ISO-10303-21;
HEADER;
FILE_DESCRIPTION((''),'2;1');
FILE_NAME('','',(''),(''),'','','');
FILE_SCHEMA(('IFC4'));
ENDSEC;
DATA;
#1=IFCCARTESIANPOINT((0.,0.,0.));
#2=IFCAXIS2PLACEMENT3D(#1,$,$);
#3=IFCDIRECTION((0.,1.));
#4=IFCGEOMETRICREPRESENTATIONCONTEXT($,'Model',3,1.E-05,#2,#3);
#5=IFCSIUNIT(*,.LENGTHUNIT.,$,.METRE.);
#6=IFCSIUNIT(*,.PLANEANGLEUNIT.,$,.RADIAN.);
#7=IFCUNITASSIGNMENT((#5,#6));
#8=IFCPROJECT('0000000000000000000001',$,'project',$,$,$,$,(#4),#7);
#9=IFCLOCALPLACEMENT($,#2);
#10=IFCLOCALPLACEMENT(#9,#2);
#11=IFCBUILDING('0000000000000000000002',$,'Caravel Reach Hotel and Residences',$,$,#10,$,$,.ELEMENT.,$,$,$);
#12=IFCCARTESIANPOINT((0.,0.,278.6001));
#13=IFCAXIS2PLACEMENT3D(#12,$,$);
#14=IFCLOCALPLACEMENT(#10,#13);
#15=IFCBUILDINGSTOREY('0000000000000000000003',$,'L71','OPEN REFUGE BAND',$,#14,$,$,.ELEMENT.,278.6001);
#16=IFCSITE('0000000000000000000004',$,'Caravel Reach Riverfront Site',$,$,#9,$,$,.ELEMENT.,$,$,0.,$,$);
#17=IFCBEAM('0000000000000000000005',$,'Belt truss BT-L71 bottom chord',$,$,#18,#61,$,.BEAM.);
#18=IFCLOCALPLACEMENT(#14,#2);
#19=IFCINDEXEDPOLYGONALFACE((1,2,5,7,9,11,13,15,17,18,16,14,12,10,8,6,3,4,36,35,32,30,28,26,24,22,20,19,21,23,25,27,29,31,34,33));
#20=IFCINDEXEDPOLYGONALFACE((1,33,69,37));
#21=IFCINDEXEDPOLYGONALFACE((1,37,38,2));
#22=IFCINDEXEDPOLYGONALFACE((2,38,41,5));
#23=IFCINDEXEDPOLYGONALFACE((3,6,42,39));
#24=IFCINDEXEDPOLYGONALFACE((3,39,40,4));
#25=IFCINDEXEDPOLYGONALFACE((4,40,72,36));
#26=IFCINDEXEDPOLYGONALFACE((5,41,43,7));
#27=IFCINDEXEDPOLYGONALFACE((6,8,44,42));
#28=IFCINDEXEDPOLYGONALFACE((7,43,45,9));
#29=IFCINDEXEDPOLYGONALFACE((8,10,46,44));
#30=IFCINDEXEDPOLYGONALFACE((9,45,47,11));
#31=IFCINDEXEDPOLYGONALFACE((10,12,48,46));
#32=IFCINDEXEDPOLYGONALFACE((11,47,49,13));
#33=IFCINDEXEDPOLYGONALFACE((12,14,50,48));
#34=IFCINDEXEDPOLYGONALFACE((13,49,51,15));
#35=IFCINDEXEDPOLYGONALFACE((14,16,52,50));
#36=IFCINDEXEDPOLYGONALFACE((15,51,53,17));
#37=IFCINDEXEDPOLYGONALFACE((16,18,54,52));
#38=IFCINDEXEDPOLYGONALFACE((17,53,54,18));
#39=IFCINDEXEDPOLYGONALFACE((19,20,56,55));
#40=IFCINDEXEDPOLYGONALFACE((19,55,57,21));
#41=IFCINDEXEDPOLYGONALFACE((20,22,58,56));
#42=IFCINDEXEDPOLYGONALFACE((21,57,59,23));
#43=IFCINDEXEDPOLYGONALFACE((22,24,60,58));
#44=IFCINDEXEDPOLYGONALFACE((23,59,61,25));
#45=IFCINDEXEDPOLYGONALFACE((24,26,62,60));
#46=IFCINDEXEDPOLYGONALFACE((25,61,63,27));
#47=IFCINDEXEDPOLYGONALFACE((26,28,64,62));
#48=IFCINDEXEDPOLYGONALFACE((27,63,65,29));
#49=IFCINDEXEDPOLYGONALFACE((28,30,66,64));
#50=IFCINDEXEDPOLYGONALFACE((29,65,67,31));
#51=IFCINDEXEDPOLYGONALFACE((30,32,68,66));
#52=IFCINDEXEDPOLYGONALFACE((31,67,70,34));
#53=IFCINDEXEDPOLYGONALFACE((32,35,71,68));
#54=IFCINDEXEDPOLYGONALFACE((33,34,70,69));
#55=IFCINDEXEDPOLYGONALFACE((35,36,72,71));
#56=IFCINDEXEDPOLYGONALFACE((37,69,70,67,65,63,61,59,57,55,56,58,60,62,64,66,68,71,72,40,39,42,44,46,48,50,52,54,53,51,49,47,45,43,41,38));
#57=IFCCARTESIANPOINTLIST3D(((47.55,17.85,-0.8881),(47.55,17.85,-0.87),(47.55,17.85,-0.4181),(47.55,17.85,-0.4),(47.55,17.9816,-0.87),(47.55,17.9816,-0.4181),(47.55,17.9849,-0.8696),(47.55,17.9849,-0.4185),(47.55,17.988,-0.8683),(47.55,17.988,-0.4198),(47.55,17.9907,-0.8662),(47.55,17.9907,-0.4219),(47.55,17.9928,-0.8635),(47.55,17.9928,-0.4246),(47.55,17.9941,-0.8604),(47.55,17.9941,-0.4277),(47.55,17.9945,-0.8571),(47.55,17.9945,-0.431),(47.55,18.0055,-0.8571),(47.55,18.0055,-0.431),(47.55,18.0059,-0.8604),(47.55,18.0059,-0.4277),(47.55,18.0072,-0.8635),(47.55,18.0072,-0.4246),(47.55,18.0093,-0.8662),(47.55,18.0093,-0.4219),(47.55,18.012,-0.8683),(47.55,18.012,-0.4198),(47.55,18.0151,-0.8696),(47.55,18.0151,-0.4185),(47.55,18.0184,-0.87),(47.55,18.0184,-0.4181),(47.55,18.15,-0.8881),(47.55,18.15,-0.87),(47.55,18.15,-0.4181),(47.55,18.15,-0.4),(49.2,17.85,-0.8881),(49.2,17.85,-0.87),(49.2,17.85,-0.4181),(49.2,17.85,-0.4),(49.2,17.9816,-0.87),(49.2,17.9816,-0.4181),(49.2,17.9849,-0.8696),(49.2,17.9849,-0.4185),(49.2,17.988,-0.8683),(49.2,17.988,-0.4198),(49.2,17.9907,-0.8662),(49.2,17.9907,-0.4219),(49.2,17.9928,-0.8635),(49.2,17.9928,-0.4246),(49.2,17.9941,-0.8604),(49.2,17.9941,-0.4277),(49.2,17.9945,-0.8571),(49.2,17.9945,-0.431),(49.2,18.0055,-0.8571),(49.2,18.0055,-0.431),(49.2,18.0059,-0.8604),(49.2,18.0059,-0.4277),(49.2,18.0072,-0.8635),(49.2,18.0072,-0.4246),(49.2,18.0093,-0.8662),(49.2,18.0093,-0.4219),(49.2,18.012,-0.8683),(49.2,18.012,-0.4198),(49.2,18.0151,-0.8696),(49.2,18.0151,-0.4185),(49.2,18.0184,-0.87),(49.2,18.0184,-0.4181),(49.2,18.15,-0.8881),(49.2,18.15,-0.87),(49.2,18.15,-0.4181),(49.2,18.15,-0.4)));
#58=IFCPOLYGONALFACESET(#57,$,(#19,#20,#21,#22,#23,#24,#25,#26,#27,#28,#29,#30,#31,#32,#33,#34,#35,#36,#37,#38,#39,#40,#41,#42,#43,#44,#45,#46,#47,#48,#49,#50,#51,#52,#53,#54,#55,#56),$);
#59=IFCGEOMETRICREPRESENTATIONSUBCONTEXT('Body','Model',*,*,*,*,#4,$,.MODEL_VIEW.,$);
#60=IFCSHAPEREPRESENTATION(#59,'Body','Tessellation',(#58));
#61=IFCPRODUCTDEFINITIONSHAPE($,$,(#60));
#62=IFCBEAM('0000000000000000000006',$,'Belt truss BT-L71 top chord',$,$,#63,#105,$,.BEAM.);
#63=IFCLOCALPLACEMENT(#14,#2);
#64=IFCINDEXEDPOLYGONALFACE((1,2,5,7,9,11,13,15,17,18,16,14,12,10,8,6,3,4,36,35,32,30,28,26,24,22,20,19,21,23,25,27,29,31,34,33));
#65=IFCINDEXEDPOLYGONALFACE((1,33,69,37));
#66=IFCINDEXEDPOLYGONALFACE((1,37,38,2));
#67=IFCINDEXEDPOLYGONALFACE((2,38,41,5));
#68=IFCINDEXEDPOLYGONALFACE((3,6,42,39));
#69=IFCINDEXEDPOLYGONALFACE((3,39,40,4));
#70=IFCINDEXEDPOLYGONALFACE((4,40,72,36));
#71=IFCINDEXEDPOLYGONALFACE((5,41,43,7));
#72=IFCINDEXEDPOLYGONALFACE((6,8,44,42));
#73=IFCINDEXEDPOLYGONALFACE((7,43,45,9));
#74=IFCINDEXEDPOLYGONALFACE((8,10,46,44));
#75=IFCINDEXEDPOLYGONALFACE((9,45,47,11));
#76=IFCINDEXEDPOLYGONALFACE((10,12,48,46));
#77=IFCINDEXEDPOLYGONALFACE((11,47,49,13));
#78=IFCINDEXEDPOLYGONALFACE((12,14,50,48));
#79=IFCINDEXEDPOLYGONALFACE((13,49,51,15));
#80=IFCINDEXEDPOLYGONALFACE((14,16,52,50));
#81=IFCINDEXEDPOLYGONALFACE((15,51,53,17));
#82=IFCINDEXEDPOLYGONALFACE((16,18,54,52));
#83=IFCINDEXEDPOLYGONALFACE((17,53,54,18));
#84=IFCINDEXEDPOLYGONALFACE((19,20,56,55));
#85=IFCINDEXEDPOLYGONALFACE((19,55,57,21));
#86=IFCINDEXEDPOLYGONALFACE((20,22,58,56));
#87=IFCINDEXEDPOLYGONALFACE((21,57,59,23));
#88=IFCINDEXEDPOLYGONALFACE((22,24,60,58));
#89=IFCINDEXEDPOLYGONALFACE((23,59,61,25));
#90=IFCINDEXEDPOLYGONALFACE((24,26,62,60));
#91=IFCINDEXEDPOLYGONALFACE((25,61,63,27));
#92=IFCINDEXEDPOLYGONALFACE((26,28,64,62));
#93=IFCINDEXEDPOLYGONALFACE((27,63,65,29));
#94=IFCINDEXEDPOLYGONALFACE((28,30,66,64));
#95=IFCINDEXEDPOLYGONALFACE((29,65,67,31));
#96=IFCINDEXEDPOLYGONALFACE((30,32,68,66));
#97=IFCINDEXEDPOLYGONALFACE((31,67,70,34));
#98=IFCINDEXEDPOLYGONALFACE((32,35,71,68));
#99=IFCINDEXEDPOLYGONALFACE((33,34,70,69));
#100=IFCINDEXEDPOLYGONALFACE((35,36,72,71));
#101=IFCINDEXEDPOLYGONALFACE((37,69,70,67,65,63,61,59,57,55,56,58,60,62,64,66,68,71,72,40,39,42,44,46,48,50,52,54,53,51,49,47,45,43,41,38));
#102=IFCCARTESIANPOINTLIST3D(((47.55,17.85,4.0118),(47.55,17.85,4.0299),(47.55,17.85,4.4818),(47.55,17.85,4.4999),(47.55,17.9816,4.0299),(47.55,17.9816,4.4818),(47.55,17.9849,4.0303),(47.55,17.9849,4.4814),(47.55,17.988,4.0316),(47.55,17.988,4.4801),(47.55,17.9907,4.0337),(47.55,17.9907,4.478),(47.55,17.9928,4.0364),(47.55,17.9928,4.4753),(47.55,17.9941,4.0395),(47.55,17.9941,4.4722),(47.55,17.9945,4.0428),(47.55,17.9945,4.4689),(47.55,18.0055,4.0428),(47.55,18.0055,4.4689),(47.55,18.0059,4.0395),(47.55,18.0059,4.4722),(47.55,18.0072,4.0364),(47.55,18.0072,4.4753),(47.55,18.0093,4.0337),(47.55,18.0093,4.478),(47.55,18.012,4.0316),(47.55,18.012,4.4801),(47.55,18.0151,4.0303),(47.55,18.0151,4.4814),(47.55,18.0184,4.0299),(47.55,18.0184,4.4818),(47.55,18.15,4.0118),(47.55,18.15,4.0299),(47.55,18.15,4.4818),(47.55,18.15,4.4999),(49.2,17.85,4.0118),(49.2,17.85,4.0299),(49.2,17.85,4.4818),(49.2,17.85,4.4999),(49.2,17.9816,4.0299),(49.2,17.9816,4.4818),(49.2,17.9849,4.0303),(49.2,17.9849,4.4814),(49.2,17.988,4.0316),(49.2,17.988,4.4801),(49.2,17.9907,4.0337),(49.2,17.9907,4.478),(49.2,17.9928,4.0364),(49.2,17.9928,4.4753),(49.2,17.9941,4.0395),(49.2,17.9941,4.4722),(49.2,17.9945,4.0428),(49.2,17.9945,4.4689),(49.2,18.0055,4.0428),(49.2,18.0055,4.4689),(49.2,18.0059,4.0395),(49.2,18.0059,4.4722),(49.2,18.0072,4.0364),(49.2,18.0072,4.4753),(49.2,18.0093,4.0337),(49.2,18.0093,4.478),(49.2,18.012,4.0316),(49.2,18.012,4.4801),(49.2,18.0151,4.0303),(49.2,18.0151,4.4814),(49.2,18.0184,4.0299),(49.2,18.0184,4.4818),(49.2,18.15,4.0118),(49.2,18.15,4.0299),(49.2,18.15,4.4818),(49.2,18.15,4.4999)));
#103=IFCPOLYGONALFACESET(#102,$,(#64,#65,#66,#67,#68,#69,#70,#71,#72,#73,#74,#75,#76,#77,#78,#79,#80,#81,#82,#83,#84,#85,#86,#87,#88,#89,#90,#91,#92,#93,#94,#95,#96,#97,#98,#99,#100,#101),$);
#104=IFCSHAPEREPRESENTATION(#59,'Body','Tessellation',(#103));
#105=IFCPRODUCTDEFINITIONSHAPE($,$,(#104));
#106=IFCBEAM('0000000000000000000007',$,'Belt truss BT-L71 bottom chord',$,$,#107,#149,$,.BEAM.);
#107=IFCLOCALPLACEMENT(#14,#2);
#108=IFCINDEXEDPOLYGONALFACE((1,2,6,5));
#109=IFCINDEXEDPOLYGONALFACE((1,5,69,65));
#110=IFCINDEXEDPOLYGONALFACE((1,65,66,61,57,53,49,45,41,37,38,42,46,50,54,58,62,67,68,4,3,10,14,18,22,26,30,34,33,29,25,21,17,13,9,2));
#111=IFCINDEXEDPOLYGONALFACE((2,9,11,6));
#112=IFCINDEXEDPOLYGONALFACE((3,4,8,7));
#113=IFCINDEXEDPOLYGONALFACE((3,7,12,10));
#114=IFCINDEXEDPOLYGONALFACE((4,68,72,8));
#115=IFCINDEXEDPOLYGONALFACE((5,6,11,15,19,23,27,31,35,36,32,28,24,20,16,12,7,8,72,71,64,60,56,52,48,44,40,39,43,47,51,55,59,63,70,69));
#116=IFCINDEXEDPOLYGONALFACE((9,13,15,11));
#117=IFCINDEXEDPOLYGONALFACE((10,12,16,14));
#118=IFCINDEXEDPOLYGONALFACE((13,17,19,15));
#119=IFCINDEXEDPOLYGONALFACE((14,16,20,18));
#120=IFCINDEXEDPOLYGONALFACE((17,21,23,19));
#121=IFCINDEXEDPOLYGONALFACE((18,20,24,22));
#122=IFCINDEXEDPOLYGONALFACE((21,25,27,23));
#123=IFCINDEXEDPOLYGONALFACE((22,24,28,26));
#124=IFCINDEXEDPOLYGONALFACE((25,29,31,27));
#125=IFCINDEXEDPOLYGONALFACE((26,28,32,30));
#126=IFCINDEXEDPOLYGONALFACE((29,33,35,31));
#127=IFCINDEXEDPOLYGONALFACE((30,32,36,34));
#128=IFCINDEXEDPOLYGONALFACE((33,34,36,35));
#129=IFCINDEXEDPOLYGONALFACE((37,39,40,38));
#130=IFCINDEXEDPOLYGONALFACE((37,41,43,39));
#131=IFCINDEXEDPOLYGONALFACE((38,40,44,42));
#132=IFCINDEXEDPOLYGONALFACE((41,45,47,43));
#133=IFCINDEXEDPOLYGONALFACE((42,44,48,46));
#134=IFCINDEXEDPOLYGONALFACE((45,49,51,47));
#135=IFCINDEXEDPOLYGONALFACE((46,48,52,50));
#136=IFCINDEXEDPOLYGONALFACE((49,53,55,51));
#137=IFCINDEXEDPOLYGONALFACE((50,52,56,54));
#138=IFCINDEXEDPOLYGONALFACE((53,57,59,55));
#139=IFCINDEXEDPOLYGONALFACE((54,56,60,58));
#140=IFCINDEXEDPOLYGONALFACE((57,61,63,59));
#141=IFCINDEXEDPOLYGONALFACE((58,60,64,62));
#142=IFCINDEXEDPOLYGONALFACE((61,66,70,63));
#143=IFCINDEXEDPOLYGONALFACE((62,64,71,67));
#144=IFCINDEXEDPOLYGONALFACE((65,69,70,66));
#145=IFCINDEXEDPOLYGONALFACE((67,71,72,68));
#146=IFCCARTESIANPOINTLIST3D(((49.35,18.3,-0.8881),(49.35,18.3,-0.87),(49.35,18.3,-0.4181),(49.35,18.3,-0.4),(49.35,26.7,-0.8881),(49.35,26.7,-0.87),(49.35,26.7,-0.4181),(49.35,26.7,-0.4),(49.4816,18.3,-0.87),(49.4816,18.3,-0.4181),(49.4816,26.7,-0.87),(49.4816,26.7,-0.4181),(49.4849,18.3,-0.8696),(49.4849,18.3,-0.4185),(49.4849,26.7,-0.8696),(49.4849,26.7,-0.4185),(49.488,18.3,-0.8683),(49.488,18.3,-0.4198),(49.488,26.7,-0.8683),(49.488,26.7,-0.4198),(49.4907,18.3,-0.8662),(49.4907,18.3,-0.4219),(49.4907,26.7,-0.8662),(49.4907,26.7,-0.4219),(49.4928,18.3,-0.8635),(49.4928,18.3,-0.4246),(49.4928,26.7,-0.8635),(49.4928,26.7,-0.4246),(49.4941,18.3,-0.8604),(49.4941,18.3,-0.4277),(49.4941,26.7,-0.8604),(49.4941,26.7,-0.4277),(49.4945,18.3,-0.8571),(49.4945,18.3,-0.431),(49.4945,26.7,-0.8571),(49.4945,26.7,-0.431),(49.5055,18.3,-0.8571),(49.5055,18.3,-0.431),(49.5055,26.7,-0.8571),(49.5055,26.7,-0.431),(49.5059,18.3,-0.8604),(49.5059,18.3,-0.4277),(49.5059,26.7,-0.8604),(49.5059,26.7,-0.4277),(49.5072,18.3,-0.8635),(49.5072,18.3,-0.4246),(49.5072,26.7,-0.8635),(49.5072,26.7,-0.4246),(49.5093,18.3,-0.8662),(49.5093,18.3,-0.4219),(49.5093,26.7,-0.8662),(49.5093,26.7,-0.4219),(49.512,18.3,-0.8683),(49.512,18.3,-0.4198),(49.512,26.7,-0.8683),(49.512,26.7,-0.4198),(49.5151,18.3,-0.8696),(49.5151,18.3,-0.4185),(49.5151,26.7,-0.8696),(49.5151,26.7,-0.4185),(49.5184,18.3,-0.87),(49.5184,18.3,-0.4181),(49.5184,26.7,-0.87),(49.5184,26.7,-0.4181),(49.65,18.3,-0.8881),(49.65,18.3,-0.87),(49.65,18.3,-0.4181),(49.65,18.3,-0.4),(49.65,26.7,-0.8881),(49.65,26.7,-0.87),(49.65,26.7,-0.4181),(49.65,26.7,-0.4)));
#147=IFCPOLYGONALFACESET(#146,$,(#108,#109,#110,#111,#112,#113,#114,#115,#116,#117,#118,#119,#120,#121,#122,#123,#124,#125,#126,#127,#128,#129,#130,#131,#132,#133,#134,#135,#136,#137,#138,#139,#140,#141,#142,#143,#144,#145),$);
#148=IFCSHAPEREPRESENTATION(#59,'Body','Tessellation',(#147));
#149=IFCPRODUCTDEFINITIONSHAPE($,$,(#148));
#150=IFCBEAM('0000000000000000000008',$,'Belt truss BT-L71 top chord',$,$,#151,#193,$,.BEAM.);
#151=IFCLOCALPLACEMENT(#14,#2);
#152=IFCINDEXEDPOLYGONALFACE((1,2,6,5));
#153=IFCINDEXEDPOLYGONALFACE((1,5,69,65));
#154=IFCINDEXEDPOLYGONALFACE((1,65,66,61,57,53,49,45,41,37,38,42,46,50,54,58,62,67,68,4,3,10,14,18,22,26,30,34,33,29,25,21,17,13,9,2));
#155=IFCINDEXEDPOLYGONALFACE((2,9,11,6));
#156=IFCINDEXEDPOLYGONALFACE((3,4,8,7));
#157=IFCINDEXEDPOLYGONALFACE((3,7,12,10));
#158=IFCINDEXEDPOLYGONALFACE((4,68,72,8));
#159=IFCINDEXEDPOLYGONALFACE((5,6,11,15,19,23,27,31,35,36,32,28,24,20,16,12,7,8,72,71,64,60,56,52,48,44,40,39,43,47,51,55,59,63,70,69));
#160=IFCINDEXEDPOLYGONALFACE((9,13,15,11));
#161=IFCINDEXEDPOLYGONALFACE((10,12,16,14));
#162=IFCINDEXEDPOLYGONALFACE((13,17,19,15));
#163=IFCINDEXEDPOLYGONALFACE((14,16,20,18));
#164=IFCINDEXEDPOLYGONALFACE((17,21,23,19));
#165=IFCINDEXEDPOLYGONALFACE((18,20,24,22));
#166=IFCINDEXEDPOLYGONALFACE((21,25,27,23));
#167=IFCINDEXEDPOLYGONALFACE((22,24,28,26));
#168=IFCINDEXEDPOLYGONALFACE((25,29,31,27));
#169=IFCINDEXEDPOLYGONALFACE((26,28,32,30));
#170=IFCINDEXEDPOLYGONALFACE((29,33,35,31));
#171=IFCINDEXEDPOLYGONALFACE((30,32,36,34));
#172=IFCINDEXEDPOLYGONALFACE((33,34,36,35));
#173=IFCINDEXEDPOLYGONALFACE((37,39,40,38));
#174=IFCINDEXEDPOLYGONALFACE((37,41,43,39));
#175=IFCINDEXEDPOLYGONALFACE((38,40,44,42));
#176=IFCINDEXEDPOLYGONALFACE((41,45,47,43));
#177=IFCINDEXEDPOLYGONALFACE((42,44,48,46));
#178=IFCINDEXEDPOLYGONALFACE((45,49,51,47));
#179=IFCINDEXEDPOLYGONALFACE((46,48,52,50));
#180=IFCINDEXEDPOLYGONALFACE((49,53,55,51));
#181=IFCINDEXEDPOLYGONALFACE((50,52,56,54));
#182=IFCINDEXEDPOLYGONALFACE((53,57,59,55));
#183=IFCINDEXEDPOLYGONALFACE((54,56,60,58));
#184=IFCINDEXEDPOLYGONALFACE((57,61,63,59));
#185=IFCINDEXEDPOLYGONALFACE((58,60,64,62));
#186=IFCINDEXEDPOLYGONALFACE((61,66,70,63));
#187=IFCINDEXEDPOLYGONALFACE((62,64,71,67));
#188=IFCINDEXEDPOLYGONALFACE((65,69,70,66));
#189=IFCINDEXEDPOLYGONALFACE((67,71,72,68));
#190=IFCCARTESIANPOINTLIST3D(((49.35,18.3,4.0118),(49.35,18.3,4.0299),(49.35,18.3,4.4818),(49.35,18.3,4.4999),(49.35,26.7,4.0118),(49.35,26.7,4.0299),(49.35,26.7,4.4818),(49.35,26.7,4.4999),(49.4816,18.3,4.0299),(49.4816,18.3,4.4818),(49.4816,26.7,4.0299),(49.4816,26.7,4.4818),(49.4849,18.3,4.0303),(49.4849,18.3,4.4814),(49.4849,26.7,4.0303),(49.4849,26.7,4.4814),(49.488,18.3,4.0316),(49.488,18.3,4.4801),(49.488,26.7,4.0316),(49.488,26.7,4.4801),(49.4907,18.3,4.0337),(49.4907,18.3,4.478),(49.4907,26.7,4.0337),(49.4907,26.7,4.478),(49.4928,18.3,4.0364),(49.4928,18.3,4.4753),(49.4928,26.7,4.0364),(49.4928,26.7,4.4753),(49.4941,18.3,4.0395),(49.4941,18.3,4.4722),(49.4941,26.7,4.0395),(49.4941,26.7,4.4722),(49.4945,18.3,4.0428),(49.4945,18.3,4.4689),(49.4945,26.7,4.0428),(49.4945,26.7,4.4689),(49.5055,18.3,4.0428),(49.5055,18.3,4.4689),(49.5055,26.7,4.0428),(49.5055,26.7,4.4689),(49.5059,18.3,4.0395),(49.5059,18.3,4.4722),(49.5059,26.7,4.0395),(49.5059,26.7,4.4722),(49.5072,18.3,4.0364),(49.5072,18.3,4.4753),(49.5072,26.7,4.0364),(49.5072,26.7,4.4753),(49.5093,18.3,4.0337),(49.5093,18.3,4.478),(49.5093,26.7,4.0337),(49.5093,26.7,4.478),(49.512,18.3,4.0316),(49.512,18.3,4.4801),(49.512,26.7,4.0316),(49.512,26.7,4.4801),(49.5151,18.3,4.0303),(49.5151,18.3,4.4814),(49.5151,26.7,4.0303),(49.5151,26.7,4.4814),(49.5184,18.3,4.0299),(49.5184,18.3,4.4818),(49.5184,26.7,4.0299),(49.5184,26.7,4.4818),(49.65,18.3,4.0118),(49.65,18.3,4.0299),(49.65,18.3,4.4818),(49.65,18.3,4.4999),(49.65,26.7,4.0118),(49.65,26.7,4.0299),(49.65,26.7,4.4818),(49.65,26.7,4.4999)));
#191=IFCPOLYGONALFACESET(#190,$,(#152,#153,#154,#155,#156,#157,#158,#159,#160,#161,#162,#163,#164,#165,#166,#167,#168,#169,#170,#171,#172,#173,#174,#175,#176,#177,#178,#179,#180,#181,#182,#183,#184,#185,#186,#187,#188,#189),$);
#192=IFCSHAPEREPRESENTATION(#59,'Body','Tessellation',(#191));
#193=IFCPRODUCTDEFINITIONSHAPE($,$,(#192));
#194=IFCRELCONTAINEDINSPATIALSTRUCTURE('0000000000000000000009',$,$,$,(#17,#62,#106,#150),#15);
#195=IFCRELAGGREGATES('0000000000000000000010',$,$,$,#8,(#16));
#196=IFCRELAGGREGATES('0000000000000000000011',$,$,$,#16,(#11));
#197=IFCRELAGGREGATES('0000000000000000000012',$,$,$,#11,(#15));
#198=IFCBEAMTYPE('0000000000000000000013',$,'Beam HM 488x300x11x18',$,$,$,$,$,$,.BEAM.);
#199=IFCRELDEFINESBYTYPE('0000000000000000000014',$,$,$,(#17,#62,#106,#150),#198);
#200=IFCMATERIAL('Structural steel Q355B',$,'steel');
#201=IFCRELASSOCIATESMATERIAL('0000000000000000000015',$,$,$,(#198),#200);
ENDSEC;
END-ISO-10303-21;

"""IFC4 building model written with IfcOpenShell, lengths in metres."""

from ifc_helpers import new_model, si_unit, direction, frame, origin, origin_2d, place, context, subcontext, project, spatial, i_section, extrude, material, material_profile, profile_set, type_object, element, save


model = new_model("IFC4")

# Units and contexts
model_context = context("Model", 3, precision=1e-05, world=origin(), true_north=direction((0.0, 1.0)))
body_context = subcontext(model_context, "Body", "Model", "MODEL_VIEW")
ifc_project = project(units=[si_unit("LENGTHUNIT", "METRE"), si_unit("PLANEANGLEUNIT", "RADIAN")], contexts=[model_context])

# Site, building, storey
site_placement = place(None, origin())
site = spatial("IfcSite", under=ifc_project, at=site_placement, Name="Caravel Reach Riverfront Site", CompositionType="ELEMENT", RefElevation=0.0)
building_placement = place(site_placement, origin())
building = spatial("IfcBuilding", under=site, at=building_placement, Name="Caravel Reach Hotel and Residences", CompositionType="ELEMENT")
storey_placement = place(building_placement, frame((0.0, 0.0, 278.6001)))
storey = spatial("IfcBuildingStorey", under=building, at=storey_placement, Name="L71", Description="OPEN REFUGE BAND", CompositionType="ELEMENT", Elevation=278.6001)

# Beams
ifc_material_1 = material(Name="Structural steel Q355B", Category="steel")
ifc_material_profile_1 = material_profile(ifc_material_1, i_section(OverallWidth=0.3, OverallDepth=0.488, WebThickness=0.011, FlangeThickness=0.0181, FilletRadius=0.0129, at=origin_2d()), Name="HM 488x300x11x18")
ifc_profile_set_1 = profile_set([ifc_material_profile_1], Name="Structural steel Q355B")
beam_type = type_object("IfcBeamType", Name="Beam HM 488x300x11x18", PredefinedType="BEAM", material=ifc_profile_set_1)
for number, where, z_axis, x_axis, name in (
    (1, (47.55, 18.0, -0.644), (1.0, 0.0, 0.0), (0.0, 1.0, 0.0), "Belt truss BT-L71 bottom chord"),
    (2, (47.55, 18.0, 4.2559), (1.0, 0.0, 0.0), (0.0, 1.0, 0.0), "Belt truss BT-L71 top chord"),
):
    element("IfcBeam", number, at=place(storey_placement, frame(where, z_axis=z_axis, x_axis=x_axis)), inside=storey, type_object=beam_type, Name=name, PredefinedType="BEAM", context=body_context, shape_type="SweptSolid", body=[
        extrude(i_section(OverallWidth=0.3, OverallDepth=0.488, WebThickness=0.011, FlangeThickness=0.0181, FilletRadius=0.0129, at=origin_2d()), origin(), (0.0, 0.0, 1.0), 1.6499),
    ])
for number, where, z_axis, x_axis, name in (
    (3, (49.5, 18.3, -0.644), (0.0, 1.0, 0.0), (-1.0, 0.0, 0.0), "Belt truss BT-L71 bottom chord"),
    (4, (49.5, 18.3, 4.2559), (0.0, 1.0, 0.0), (-1.0, 0.0, 0.0), "Belt truss BT-L71 top chord"),
):
    element("IfcBeam", number, at=place(storey_placement, frame(where, z_axis=z_axis, x_axis=x_axis)), inside=storey, type_object=beam_type, Name=name, PredefinedType="BEAM", context=body_context, shape_type="SweptSolid", body=[
        extrude(i_section(OverallWidth=0.3, OverallDepth=0.488, WebThickness=0.011, FlangeThickness=0.0181, FilletRadius=0.0129, at=origin_2d()), origin(), (0.0, 0.0, 1.0), 8.3999),
    ])

save(model, "model.ifc")
